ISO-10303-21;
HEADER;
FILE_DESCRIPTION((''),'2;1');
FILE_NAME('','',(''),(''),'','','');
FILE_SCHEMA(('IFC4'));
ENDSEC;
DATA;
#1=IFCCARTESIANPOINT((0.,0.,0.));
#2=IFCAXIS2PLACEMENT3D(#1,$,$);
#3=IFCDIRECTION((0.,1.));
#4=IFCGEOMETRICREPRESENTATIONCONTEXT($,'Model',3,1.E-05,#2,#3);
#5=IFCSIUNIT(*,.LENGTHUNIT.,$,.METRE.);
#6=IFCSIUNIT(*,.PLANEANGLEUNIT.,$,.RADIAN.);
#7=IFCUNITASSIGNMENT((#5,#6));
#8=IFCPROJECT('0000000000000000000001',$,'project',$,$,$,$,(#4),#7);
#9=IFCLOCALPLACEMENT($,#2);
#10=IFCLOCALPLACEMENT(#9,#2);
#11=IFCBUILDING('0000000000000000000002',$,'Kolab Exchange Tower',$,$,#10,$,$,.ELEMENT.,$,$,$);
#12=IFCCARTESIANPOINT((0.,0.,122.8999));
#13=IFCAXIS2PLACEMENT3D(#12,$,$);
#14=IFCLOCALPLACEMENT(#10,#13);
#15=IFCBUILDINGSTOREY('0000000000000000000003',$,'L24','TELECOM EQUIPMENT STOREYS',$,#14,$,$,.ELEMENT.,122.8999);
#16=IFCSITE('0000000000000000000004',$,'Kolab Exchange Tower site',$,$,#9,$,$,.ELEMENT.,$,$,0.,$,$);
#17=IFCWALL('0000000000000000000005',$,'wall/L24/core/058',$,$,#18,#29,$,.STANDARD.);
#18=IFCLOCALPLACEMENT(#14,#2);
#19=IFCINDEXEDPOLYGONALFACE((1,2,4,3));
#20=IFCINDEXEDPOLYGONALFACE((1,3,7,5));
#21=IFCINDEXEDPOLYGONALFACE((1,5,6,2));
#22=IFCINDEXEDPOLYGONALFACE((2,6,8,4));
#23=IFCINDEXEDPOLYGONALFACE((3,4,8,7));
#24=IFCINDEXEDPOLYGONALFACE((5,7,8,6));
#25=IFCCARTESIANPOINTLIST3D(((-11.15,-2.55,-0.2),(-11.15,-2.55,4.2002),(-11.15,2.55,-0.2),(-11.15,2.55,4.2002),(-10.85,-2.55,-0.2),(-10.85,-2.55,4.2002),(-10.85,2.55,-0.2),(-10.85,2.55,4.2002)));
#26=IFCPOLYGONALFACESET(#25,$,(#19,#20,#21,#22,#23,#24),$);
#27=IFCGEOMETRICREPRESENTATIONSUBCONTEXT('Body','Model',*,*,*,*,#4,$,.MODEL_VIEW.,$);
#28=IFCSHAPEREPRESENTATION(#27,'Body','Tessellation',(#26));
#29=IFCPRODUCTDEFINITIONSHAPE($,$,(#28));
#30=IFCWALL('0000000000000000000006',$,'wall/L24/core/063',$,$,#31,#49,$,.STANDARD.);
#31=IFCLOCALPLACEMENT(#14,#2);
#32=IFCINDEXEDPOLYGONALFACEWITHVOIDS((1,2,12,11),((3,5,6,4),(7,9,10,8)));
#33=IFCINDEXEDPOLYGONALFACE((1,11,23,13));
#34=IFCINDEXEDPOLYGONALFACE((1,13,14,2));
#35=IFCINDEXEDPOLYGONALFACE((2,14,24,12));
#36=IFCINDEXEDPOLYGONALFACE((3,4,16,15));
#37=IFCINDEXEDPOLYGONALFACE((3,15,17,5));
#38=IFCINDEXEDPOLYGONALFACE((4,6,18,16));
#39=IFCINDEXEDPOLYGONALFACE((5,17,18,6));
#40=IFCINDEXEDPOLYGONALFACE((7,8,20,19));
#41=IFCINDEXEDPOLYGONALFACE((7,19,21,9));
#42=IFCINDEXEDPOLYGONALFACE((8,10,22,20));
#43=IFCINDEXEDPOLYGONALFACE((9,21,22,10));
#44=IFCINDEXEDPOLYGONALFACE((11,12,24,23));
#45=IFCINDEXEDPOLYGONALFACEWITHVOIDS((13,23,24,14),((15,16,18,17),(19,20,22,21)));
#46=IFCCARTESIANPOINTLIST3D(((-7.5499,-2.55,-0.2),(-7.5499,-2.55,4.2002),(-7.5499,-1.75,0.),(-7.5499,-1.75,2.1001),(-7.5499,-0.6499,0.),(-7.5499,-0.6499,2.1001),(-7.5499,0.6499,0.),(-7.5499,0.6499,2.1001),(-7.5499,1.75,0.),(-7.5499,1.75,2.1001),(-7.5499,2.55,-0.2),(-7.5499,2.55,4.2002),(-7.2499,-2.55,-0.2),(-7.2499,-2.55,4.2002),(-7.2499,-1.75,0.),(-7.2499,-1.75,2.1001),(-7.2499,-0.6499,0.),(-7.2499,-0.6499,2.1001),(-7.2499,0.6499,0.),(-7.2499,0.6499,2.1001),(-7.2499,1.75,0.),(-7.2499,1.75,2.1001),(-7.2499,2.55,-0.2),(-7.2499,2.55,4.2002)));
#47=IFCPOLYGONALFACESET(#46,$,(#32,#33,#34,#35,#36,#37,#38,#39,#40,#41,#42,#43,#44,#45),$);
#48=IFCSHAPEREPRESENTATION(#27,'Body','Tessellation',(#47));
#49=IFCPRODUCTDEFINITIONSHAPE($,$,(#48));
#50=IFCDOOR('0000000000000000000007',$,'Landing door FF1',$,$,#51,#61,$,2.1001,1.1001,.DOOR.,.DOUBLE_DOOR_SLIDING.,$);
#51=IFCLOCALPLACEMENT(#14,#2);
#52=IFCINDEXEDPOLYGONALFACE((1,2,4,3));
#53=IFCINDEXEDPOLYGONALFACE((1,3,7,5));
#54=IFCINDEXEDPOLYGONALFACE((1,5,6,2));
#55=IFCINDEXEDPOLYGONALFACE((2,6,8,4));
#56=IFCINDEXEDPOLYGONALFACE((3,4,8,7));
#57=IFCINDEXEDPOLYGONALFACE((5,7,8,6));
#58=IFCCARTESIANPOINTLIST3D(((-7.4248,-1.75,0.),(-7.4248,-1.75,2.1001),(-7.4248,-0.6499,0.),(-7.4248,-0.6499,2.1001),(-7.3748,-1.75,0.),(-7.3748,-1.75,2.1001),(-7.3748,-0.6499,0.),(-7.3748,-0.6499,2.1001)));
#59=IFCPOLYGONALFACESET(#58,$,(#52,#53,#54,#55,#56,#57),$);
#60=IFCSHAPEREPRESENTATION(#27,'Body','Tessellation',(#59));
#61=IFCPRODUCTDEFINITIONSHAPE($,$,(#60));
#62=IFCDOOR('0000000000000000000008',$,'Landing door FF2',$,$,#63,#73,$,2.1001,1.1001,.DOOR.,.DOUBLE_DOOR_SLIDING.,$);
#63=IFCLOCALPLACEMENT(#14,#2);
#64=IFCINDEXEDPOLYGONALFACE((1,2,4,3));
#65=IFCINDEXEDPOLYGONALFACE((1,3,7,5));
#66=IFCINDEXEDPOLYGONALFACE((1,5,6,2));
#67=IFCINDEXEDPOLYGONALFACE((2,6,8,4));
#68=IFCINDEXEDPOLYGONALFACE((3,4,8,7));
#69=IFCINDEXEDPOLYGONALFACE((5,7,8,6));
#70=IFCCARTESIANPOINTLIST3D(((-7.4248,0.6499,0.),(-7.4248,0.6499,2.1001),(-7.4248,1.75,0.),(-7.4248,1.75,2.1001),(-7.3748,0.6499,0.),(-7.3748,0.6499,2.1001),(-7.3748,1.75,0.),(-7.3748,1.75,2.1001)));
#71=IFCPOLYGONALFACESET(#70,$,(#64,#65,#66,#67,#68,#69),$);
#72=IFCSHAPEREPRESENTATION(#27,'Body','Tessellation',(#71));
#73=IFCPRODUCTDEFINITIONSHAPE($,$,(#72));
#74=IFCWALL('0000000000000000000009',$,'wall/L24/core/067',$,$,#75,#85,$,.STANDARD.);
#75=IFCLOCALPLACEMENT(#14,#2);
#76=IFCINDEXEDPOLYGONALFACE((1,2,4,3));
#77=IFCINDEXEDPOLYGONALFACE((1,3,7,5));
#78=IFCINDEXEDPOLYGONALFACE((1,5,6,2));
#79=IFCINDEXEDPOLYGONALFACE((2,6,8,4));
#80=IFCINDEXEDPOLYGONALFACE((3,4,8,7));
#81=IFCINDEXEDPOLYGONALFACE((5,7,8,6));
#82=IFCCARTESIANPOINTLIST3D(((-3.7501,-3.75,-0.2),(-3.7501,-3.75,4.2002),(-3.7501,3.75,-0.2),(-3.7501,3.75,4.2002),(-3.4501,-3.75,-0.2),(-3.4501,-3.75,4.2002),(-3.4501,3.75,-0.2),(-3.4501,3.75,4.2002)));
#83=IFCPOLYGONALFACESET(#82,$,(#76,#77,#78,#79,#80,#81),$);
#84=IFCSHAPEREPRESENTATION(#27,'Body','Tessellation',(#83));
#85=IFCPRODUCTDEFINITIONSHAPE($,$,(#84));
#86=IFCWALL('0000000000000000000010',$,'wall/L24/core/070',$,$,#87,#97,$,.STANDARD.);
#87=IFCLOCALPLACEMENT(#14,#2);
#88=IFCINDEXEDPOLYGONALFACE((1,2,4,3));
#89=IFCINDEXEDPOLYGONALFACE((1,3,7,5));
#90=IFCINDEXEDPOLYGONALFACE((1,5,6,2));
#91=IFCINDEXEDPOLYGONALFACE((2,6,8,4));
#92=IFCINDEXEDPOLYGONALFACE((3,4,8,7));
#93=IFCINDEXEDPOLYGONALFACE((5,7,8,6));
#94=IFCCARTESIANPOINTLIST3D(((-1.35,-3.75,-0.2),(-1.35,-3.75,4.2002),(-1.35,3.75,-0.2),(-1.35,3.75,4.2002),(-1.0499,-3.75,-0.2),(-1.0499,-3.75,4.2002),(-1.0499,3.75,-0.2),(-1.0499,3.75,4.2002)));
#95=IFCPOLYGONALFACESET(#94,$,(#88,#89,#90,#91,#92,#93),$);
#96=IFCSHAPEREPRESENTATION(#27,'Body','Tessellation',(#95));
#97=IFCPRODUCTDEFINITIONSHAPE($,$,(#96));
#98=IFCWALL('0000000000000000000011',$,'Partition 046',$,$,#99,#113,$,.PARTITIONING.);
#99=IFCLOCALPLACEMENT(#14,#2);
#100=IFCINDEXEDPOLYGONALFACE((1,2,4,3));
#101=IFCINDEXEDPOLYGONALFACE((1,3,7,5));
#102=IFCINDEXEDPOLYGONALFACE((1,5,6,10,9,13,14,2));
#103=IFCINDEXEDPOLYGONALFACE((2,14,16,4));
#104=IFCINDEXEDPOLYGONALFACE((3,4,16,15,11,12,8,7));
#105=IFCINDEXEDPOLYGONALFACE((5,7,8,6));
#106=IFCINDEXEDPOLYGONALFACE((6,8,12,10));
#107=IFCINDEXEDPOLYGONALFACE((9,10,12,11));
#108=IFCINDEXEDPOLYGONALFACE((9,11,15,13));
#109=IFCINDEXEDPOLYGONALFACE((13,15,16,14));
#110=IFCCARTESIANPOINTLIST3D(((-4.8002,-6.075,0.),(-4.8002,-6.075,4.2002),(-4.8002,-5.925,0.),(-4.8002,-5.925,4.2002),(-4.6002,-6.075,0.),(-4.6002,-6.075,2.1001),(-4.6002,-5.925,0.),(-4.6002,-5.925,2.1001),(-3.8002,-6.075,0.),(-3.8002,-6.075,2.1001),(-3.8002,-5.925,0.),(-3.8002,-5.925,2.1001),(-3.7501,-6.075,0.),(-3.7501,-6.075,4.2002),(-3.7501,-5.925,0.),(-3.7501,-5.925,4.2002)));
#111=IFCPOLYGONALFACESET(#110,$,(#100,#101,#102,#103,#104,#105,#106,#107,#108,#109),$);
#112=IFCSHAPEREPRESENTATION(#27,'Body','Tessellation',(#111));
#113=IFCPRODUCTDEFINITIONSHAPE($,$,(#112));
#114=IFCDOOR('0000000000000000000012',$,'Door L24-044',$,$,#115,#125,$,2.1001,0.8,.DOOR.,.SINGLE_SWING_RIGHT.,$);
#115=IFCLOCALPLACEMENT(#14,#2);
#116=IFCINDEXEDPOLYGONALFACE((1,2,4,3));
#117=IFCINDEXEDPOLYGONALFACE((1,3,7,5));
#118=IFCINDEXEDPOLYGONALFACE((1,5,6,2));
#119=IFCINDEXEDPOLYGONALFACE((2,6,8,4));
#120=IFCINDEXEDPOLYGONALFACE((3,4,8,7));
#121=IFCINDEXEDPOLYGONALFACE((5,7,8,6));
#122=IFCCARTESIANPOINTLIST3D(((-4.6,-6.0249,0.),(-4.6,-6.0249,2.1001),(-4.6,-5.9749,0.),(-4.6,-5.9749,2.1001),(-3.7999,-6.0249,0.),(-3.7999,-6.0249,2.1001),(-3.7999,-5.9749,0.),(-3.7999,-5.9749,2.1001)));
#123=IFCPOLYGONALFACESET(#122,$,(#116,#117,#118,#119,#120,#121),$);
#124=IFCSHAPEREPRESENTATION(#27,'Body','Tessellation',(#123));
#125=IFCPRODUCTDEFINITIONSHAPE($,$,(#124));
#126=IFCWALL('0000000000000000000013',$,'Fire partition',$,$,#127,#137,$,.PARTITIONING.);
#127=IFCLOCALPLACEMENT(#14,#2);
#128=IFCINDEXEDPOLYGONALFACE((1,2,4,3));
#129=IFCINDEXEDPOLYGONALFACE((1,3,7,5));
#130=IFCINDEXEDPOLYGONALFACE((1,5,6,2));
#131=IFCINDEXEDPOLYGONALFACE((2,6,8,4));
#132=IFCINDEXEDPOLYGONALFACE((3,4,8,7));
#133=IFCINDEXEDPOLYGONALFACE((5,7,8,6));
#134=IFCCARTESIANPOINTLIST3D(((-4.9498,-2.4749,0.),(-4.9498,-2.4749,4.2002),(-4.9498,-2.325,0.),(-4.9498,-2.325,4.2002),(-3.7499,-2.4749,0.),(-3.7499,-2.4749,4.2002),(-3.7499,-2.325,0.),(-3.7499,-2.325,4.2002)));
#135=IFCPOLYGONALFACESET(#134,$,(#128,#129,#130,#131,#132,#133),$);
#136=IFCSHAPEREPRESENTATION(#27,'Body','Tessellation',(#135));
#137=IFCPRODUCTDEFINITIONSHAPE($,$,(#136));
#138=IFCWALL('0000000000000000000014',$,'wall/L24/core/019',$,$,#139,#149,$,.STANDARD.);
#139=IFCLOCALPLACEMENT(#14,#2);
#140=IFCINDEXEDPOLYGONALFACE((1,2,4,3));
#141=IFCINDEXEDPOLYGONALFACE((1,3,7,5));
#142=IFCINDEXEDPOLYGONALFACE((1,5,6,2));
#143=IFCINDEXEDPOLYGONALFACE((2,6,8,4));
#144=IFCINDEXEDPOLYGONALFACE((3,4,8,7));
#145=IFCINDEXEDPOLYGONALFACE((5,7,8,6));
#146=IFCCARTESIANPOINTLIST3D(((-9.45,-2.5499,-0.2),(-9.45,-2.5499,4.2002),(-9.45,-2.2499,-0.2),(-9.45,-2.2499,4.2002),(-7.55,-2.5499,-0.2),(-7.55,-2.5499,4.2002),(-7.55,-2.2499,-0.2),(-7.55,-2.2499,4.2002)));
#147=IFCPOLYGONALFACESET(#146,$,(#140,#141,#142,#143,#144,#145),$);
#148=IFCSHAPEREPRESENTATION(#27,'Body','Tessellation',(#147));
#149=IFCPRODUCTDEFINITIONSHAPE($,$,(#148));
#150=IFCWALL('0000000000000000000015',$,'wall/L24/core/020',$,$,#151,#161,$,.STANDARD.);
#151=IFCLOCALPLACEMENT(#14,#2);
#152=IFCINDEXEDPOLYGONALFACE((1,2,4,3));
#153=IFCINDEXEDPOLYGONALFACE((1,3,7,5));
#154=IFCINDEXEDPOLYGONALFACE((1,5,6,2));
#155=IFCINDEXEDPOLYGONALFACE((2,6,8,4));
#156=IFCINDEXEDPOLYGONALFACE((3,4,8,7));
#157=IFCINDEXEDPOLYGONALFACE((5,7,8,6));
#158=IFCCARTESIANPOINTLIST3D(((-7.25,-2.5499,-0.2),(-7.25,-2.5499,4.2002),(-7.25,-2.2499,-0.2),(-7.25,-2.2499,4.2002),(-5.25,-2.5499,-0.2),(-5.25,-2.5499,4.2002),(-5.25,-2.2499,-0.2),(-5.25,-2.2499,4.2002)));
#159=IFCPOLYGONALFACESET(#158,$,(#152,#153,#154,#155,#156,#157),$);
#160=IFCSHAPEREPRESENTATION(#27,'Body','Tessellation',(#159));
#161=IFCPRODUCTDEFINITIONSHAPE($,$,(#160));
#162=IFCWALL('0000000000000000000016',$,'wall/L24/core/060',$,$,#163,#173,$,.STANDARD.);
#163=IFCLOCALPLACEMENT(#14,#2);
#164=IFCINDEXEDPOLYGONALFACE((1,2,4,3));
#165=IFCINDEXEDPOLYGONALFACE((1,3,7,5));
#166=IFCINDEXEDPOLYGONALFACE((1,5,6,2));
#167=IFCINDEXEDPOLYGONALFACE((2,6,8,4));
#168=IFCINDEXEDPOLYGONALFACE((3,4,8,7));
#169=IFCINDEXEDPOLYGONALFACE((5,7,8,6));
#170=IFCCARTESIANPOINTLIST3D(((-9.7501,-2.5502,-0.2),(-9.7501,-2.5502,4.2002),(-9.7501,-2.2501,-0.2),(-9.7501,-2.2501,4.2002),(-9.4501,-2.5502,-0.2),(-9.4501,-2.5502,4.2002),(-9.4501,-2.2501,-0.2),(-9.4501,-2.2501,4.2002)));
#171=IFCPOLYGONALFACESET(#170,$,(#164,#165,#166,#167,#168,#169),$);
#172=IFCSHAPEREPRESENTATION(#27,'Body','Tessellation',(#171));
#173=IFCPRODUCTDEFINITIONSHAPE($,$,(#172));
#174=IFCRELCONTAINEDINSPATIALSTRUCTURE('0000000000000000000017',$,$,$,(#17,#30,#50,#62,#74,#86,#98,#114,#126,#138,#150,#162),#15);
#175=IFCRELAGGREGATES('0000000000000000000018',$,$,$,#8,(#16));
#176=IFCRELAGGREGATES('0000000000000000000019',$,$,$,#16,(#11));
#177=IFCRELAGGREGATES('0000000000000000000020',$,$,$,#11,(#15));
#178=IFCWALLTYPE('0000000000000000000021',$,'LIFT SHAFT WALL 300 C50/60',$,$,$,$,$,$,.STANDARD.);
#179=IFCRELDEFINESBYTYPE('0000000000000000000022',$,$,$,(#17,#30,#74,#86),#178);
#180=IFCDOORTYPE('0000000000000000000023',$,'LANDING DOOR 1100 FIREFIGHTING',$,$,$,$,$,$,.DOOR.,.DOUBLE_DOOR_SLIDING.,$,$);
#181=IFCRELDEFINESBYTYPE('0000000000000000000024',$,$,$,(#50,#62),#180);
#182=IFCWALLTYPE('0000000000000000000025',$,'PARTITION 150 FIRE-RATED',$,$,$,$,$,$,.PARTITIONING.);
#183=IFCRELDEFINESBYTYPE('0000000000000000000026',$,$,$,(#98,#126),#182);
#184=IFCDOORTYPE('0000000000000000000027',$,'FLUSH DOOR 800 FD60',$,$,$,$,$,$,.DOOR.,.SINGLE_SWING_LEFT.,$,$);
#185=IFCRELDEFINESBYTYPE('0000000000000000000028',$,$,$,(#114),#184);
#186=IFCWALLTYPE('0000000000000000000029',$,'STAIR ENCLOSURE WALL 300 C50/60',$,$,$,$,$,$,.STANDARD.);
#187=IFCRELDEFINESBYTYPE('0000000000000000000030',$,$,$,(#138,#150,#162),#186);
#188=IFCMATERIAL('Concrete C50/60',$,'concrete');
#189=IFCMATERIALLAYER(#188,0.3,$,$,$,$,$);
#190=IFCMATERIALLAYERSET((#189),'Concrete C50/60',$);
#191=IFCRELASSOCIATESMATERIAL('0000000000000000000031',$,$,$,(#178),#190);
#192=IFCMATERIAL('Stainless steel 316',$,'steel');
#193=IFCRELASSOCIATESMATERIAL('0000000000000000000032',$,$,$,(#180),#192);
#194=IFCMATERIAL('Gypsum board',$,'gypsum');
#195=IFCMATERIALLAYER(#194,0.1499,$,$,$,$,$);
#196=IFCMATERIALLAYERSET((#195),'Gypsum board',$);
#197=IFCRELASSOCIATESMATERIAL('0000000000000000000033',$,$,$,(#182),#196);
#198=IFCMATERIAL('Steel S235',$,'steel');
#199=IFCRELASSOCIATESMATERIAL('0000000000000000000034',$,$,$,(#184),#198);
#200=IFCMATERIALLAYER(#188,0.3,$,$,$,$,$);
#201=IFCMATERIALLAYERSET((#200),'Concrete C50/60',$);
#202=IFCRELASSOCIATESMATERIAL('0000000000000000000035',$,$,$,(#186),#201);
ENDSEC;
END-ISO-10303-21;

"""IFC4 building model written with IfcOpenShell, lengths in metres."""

from ifc_helpers import new_model, si_unit, direction, frame, frame_2d, origin, place, context, subcontext, project, spatial, rectangle, extrude, material, layer, layer_set, type_object, element, fill, save


model = new_model("IFC4")

# Units and contexts
model_context = context("Model", 3, precision=1e-05, world=origin(), true_north=direction((0.0, 1.0)))
body_context = subcontext(model_context, "Body", "Model", "MODEL_VIEW")
ifc_project = project(units=[si_unit("LENGTHUNIT", "METRE"), si_unit("PLANEANGLEUNIT", "RADIAN")], contexts=[model_context])

# Site, building, storey
site_placement = place(None, origin())
site = spatial("IfcSite", under=ifc_project, at=site_placement, Name="Kolab Exchange Tower site", CompositionType="ELEMENT", RefElevation=0.0)
building_placement = place(site_placement, origin())
building = spatial("IfcBuilding", under=site, at=building_placement, Name="Kolab Exchange Tower", CompositionType="ELEMENT")
storey_placement = place(building_placement, frame((0.0, 0.0, 122.8999)))
storey = spatial("IfcBuildingStorey", under=building, at=storey_placement, Name="L24", Description="TELECOM EQUIPMENT STOREYS", CompositionType="ELEMENT", Elevation=122.8999)

# Shared definitions
ifc_material_1 = material(Name="Concrete C50/60", Category="concrete")
ifc_layer_1 = layer(ifc_material_1, 0.3)
ifc_layer_set_1 = layer_set([ifc_layer_1], Name="Concrete C50/60")
wall_type_1 = type_object("IfcWallType", Name="LIFT SHAFT WALL 300 C50/60", PredefinedType="STANDARD", material=ifc_layer_set_1)

# Shared definitions
ifc_material_2 = material(Name="Steel S235", Category="steel")

# Wall
wall_1_placement = place(storey_placement, frame((-11.0, -2.55, -0.2), z_axis=(0.0, 0.0, 1.0), x_axis=(0.0, 1.0, 0.0)))
element("IfcWall", 1, at=wall_1_placement, inside=storey, type_object=wall_type_1, Name="wall/L24/core/058", PredefinedType="STANDARD", context=body_context, shape_type="SweptSolid", body=[
    extrude(rectangle(XDim=5.1001, YDim=0.3, at=frame_2d((2.55, 0.0))), origin(), (0.0, 0.0, 1.0), 4.4001),
])

# Wall, openings, doors
wall_2_placement = place(storey_placement, frame((-7.3999, -2.55, -0.2), z_axis=(0.0, 0.0, 1.0), x_axis=(0.0, 1.0, 0.0)))
wall_2 = element("IfcWall", 2, at=wall_2_placement, inside=storey, type_object=wall_type_1, Name="wall/L24/core/063", PredefinedType="STANDARD", context=body_context, shape_type="SweptSolid", body=[
    extrude(rectangle(XDim=5.1001, YDim=0.3, at=frame_2d((2.55, 0.0))), origin(), (0.0, 0.0, 1.0), 4.4001),
])
opening_1_placement = place(wall_2_placement, frame((0.8, 0.0, 0.2)))
opening_1 = element("IfcOpeningElement", 3, at=opening_1_placement, cuts=wall_2, PredefinedType="OPENING", context=body_context, shape_type="SweptSolid", body=[
    extrude(rectangle(XDim=1.1001, YDim=2.1001, at=frame_2d((0.55, 1.05))), frame((0.0, 0.1602, 0.0), z_axis=(0.0, -1.0, 0.0), x_axis=(1.0, 0.0, 0.0)), (0.0, 0.0, 1.0), 0.3201),
])
opening_2_placement = place(wall_2_placement, frame((3.2, 0.0, 0.2)))
opening_2 = element("IfcOpeningElement", 4, at=opening_2_placement, cuts=wall_2, PredefinedType="OPENING", context=body_context, shape_type="SweptSolid", body=[
    extrude(rectangle(XDim=1.1001, YDim=2.1001, at=frame_2d((0.55, 1.05))), frame((0.0, 0.1602, 0.0), z_axis=(0.0, -1.0, 0.0), x_axis=(1.0, 0.0, 0.0)), (0.0, 0.0, 1.0), 0.3201),
])
ifc_material_3 = material(Name="Stainless steel 316", Category="steel")
door_type_1 = type_object("IfcDoorType", Name="LANDING DOOR 1100 FIREFIGHTING", OperationType="DOUBLE_DOOR_SLIDING", PredefinedType="DOOR", material=ifc_material_3)
door_1_placement = place(opening_1_placement, origin())
door_1 = element("IfcDoor", 5, at=door_1_placement, inside=storey, type_object=door_type_1, Name="Landing door FF1", OperationType="DOUBLE_DOOR_SLIDING", OverallHeight=2.1001, OverallWidth=1.1001, PredefinedType="DOOR", context=body_context, shape_type="SweptSolid", body=[
    extrude(rectangle(XDim=1.1001, YDim=2.1001, at=frame_2d((0.55, 1.05))), frame((0.0, 0.0249, 0.0), z_axis=(0.0, -1.0, 0.0), x_axis=(1.0, 0.0, 0.0)), (0.0, 0.0, 1.0), 0.05),
])
fill(opening_1, door_1)
door_2_placement = place(opening_2_placement, origin())
door_2 = element("IfcDoor", 6, at=door_2_placement, inside=storey, type_object=door_type_1, Name="Landing door FF2", OperationType="DOUBLE_DOOR_SLIDING", OverallHeight=2.1001, OverallWidth=1.1001, PredefinedType="DOOR", context=body_context, shape_type="SweptSolid", body=[
    extrude(rectangle(XDim=1.1001, YDim=2.1001, at=frame_2d((0.55, 1.05))), frame((0.0, 0.0249, 0.0), z_axis=(0.0, -1.0, 0.0), x_axis=(1.0, 0.0, 0.0)), (0.0, 0.0, 1.0), 0.05),
])
fill(opening_2, door_2)

# Walls
for number, where, z_axis, x_axis, name in (
    (7, (-3.6001, -3.75, -0.2), (0.0, 0.0, 1.0), (0.0, 1.0, 0.0), "wall/L24/core/067"),
    (8, (-1.2, -3.75, -0.2), (0.0, 0.0, 1.0), (0.0, 1.0, 0.0), "wall/L24/core/070"),
):
    element("IfcWall", number, at=place(storey_placement, frame(where, z_axis=z_axis, x_axis=x_axis)), inside=storey, type_object=wall_type_1, Name=name, PredefinedType="STANDARD", context=body_context, shape_type="SweptSolid", body=[
        extrude(rectangle(XDim=7.5, YDim=0.3, at=frame_2d((3.75, 0.0))), origin(), (0.0, 0.0, 1.0), 4.4001),
    ])

# Wall, opening, door
ifc_material_4 = material(Name="Gypsum board", Category="gypsum")
ifc_layer_2 = layer(ifc_material_4, 0.1499)
ifc_layer_set_2 = layer_set([ifc_layer_2], Name="Gypsum board")
wall_type_2 = type_object("IfcWallType", Name="PARTITION 150 FIRE-RATED", PredefinedType="PARTITIONING", material=ifc_layer_set_2)
wall_3_placement = place(storey_placement, frame((-4.8, -6.0, 0.0), z_axis=(0.0, 0.0, 1.0), x_axis=(1.0, 0.0, 0.0)))
wall_3 = element("IfcWall", 9, at=wall_3_placement, inside=storey, type_object=wall_type_2, Name="Partition 046", PredefinedType="PARTITIONING", context=body_context, shape_type="SweptSolid", body=[
    extrude(rectangle(XDim=1.05, YDim=0.1499, at=frame_2d((0.5249, 0.0))), origin(), (0.0, 0.0, 1.0), 4.2002),
])
opening_3_placement = place(wall_3_placement, frame((0.2, 0.0, 0.0)))
opening_3 = element("IfcOpeningElement", 10, at=opening_3_placement, cuts=wall_3, PredefinedType="OPENING", context=body_context, shape_type="SweptSolid", body=[
    extrude(rectangle(XDim=0.8, YDim=2.1001, at=frame_2d((0.3999, 1.05))), frame((0.0, 0.085, 0.0), z_axis=(0.0, -1.0, 0.0), x_axis=(1.0, 0.0, 0.0)), (0.0, 0.0, 1.0), 0.1699),
])
door_type_2 = type_object("IfcDoorType", Name="FLUSH DOOR 800 FD60", OperationType="SINGLE_SWING_LEFT", PredefinedType="DOOR", material=ifc_material_2)
door_3_placement = place(opening_3_placement, frame((0.8, 0.0, 0.0), z_axis=(0.0, 0.0, 1.0), x_axis=(-1.0, 0.0, 0.0)))
door_3 = element("IfcDoor", 11, at=door_3_placement, inside=storey, type_object=door_type_2, Name="Door L24-044", OperationType="SINGLE_SWING_RIGHT", OverallHeight=2.1001, OverallWidth=0.8, PredefinedType="DOOR", context=body_context, shape_type="SweptSolid", body=[
    extrude(rectangle(XDim=0.8, YDim=2.1001, at=frame_2d((0.3999, 1.05))), frame((0.0, 0.0249, 0.0), z_axis=(0.0, -1.0, 0.0), x_axis=(1.0, 0.0, 0.0)), (0.0, 0.0, 1.0), 0.05),
])
fill(opening_3, door_3)

# Walls
wall_4_placement = place(storey_placement, frame((-4.95, -2.3999, 0.0), z_axis=(0.0, 0.0, 1.0), x_axis=(1.0, 0.0, 0.0)))
element("IfcWall", 12, at=wall_4_placement, inside=storey, type_object=wall_type_2, Name="Fire partition", PredefinedType="PARTITIONING", context=body_context, shape_type="SweptSolid", body=[
    extrude(rectangle(XDim=1.2, YDim=0.1499, at=frame_2d((0.6001, 0.0))), origin(), (0.0, 0.0, 1.0), 4.2002),
])
ifc_layer_3 = layer(ifc_material_1, 0.3)
ifc_layer_set_3 = layer_set([ifc_layer_3], Name="Concrete C50/60")
wall_type_3 = type_object("IfcWallType", Name="STAIR ENCLOSURE WALL 300 C50/60", PredefinedType="STANDARD", material=ifc_layer_set_3)
wall_5_placement = place(storey_placement, frame((-9.45, -2.3999, -0.2), z_axis=(0.0, 0.0, 1.0), x_axis=(1.0, 0.0, 0.0)))
element("IfcWall", 13, at=wall_5_placement, inside=storey, type_object=wall_type_3, Name="wall/L24/core/019", PredefinedType="STANDARD", context=body_context, shape_type="SweptSolid", body=[
    extrude(rectangle(XDim=1.8999, YDim=0.3, at=frame_2d((0.95, 0.0))), origin(), (0.0, 0.0, 1.0), 4.4001),
])
wall_6_placement = place(storey_placement, frame((-7.25, -2.3999, -0.2), z_axis=(0.0, 0.0, 1.0), x_axis=(1.0, 0.0, 0.0)))
element("IfcWall", 14, at=wall_6_placement, inside=storey, type_object=wall_type_3, Name="wall/L24/core/020", PredefinedType="STANDARD", context=body_context, shape_type="SweptSolid", body=[
    extrude(rectangle(XDim=2.0, YDim=0.3, at=frame_2d((1.0, 0.0))), origin(), (0.0, 0.0, 1.0), 4.4001),
])
wall_7_placement = place(storey_placement, frame((-9.6001, -2.55, -0.2), z_axis=(0.0, 0.0, 1.0), x_axis=(0.0, 1.0, 0.0)))
element("IfcWall", 15, at=wall_7_placement, inside=storey, type_object=wall_type_3, Name="wall/L24/core/060", PredefinedType="STANDARD", context=body_context, shape_type="SweptSolid", body=[
    extrude(rectangle(XDim=0.3, YDim=0.3, at=frame_2d((0.1499, 0.0))), origin(), (0.0, 0.0, 1.0), 4.4001),
])

save(model, "model.ifc")
